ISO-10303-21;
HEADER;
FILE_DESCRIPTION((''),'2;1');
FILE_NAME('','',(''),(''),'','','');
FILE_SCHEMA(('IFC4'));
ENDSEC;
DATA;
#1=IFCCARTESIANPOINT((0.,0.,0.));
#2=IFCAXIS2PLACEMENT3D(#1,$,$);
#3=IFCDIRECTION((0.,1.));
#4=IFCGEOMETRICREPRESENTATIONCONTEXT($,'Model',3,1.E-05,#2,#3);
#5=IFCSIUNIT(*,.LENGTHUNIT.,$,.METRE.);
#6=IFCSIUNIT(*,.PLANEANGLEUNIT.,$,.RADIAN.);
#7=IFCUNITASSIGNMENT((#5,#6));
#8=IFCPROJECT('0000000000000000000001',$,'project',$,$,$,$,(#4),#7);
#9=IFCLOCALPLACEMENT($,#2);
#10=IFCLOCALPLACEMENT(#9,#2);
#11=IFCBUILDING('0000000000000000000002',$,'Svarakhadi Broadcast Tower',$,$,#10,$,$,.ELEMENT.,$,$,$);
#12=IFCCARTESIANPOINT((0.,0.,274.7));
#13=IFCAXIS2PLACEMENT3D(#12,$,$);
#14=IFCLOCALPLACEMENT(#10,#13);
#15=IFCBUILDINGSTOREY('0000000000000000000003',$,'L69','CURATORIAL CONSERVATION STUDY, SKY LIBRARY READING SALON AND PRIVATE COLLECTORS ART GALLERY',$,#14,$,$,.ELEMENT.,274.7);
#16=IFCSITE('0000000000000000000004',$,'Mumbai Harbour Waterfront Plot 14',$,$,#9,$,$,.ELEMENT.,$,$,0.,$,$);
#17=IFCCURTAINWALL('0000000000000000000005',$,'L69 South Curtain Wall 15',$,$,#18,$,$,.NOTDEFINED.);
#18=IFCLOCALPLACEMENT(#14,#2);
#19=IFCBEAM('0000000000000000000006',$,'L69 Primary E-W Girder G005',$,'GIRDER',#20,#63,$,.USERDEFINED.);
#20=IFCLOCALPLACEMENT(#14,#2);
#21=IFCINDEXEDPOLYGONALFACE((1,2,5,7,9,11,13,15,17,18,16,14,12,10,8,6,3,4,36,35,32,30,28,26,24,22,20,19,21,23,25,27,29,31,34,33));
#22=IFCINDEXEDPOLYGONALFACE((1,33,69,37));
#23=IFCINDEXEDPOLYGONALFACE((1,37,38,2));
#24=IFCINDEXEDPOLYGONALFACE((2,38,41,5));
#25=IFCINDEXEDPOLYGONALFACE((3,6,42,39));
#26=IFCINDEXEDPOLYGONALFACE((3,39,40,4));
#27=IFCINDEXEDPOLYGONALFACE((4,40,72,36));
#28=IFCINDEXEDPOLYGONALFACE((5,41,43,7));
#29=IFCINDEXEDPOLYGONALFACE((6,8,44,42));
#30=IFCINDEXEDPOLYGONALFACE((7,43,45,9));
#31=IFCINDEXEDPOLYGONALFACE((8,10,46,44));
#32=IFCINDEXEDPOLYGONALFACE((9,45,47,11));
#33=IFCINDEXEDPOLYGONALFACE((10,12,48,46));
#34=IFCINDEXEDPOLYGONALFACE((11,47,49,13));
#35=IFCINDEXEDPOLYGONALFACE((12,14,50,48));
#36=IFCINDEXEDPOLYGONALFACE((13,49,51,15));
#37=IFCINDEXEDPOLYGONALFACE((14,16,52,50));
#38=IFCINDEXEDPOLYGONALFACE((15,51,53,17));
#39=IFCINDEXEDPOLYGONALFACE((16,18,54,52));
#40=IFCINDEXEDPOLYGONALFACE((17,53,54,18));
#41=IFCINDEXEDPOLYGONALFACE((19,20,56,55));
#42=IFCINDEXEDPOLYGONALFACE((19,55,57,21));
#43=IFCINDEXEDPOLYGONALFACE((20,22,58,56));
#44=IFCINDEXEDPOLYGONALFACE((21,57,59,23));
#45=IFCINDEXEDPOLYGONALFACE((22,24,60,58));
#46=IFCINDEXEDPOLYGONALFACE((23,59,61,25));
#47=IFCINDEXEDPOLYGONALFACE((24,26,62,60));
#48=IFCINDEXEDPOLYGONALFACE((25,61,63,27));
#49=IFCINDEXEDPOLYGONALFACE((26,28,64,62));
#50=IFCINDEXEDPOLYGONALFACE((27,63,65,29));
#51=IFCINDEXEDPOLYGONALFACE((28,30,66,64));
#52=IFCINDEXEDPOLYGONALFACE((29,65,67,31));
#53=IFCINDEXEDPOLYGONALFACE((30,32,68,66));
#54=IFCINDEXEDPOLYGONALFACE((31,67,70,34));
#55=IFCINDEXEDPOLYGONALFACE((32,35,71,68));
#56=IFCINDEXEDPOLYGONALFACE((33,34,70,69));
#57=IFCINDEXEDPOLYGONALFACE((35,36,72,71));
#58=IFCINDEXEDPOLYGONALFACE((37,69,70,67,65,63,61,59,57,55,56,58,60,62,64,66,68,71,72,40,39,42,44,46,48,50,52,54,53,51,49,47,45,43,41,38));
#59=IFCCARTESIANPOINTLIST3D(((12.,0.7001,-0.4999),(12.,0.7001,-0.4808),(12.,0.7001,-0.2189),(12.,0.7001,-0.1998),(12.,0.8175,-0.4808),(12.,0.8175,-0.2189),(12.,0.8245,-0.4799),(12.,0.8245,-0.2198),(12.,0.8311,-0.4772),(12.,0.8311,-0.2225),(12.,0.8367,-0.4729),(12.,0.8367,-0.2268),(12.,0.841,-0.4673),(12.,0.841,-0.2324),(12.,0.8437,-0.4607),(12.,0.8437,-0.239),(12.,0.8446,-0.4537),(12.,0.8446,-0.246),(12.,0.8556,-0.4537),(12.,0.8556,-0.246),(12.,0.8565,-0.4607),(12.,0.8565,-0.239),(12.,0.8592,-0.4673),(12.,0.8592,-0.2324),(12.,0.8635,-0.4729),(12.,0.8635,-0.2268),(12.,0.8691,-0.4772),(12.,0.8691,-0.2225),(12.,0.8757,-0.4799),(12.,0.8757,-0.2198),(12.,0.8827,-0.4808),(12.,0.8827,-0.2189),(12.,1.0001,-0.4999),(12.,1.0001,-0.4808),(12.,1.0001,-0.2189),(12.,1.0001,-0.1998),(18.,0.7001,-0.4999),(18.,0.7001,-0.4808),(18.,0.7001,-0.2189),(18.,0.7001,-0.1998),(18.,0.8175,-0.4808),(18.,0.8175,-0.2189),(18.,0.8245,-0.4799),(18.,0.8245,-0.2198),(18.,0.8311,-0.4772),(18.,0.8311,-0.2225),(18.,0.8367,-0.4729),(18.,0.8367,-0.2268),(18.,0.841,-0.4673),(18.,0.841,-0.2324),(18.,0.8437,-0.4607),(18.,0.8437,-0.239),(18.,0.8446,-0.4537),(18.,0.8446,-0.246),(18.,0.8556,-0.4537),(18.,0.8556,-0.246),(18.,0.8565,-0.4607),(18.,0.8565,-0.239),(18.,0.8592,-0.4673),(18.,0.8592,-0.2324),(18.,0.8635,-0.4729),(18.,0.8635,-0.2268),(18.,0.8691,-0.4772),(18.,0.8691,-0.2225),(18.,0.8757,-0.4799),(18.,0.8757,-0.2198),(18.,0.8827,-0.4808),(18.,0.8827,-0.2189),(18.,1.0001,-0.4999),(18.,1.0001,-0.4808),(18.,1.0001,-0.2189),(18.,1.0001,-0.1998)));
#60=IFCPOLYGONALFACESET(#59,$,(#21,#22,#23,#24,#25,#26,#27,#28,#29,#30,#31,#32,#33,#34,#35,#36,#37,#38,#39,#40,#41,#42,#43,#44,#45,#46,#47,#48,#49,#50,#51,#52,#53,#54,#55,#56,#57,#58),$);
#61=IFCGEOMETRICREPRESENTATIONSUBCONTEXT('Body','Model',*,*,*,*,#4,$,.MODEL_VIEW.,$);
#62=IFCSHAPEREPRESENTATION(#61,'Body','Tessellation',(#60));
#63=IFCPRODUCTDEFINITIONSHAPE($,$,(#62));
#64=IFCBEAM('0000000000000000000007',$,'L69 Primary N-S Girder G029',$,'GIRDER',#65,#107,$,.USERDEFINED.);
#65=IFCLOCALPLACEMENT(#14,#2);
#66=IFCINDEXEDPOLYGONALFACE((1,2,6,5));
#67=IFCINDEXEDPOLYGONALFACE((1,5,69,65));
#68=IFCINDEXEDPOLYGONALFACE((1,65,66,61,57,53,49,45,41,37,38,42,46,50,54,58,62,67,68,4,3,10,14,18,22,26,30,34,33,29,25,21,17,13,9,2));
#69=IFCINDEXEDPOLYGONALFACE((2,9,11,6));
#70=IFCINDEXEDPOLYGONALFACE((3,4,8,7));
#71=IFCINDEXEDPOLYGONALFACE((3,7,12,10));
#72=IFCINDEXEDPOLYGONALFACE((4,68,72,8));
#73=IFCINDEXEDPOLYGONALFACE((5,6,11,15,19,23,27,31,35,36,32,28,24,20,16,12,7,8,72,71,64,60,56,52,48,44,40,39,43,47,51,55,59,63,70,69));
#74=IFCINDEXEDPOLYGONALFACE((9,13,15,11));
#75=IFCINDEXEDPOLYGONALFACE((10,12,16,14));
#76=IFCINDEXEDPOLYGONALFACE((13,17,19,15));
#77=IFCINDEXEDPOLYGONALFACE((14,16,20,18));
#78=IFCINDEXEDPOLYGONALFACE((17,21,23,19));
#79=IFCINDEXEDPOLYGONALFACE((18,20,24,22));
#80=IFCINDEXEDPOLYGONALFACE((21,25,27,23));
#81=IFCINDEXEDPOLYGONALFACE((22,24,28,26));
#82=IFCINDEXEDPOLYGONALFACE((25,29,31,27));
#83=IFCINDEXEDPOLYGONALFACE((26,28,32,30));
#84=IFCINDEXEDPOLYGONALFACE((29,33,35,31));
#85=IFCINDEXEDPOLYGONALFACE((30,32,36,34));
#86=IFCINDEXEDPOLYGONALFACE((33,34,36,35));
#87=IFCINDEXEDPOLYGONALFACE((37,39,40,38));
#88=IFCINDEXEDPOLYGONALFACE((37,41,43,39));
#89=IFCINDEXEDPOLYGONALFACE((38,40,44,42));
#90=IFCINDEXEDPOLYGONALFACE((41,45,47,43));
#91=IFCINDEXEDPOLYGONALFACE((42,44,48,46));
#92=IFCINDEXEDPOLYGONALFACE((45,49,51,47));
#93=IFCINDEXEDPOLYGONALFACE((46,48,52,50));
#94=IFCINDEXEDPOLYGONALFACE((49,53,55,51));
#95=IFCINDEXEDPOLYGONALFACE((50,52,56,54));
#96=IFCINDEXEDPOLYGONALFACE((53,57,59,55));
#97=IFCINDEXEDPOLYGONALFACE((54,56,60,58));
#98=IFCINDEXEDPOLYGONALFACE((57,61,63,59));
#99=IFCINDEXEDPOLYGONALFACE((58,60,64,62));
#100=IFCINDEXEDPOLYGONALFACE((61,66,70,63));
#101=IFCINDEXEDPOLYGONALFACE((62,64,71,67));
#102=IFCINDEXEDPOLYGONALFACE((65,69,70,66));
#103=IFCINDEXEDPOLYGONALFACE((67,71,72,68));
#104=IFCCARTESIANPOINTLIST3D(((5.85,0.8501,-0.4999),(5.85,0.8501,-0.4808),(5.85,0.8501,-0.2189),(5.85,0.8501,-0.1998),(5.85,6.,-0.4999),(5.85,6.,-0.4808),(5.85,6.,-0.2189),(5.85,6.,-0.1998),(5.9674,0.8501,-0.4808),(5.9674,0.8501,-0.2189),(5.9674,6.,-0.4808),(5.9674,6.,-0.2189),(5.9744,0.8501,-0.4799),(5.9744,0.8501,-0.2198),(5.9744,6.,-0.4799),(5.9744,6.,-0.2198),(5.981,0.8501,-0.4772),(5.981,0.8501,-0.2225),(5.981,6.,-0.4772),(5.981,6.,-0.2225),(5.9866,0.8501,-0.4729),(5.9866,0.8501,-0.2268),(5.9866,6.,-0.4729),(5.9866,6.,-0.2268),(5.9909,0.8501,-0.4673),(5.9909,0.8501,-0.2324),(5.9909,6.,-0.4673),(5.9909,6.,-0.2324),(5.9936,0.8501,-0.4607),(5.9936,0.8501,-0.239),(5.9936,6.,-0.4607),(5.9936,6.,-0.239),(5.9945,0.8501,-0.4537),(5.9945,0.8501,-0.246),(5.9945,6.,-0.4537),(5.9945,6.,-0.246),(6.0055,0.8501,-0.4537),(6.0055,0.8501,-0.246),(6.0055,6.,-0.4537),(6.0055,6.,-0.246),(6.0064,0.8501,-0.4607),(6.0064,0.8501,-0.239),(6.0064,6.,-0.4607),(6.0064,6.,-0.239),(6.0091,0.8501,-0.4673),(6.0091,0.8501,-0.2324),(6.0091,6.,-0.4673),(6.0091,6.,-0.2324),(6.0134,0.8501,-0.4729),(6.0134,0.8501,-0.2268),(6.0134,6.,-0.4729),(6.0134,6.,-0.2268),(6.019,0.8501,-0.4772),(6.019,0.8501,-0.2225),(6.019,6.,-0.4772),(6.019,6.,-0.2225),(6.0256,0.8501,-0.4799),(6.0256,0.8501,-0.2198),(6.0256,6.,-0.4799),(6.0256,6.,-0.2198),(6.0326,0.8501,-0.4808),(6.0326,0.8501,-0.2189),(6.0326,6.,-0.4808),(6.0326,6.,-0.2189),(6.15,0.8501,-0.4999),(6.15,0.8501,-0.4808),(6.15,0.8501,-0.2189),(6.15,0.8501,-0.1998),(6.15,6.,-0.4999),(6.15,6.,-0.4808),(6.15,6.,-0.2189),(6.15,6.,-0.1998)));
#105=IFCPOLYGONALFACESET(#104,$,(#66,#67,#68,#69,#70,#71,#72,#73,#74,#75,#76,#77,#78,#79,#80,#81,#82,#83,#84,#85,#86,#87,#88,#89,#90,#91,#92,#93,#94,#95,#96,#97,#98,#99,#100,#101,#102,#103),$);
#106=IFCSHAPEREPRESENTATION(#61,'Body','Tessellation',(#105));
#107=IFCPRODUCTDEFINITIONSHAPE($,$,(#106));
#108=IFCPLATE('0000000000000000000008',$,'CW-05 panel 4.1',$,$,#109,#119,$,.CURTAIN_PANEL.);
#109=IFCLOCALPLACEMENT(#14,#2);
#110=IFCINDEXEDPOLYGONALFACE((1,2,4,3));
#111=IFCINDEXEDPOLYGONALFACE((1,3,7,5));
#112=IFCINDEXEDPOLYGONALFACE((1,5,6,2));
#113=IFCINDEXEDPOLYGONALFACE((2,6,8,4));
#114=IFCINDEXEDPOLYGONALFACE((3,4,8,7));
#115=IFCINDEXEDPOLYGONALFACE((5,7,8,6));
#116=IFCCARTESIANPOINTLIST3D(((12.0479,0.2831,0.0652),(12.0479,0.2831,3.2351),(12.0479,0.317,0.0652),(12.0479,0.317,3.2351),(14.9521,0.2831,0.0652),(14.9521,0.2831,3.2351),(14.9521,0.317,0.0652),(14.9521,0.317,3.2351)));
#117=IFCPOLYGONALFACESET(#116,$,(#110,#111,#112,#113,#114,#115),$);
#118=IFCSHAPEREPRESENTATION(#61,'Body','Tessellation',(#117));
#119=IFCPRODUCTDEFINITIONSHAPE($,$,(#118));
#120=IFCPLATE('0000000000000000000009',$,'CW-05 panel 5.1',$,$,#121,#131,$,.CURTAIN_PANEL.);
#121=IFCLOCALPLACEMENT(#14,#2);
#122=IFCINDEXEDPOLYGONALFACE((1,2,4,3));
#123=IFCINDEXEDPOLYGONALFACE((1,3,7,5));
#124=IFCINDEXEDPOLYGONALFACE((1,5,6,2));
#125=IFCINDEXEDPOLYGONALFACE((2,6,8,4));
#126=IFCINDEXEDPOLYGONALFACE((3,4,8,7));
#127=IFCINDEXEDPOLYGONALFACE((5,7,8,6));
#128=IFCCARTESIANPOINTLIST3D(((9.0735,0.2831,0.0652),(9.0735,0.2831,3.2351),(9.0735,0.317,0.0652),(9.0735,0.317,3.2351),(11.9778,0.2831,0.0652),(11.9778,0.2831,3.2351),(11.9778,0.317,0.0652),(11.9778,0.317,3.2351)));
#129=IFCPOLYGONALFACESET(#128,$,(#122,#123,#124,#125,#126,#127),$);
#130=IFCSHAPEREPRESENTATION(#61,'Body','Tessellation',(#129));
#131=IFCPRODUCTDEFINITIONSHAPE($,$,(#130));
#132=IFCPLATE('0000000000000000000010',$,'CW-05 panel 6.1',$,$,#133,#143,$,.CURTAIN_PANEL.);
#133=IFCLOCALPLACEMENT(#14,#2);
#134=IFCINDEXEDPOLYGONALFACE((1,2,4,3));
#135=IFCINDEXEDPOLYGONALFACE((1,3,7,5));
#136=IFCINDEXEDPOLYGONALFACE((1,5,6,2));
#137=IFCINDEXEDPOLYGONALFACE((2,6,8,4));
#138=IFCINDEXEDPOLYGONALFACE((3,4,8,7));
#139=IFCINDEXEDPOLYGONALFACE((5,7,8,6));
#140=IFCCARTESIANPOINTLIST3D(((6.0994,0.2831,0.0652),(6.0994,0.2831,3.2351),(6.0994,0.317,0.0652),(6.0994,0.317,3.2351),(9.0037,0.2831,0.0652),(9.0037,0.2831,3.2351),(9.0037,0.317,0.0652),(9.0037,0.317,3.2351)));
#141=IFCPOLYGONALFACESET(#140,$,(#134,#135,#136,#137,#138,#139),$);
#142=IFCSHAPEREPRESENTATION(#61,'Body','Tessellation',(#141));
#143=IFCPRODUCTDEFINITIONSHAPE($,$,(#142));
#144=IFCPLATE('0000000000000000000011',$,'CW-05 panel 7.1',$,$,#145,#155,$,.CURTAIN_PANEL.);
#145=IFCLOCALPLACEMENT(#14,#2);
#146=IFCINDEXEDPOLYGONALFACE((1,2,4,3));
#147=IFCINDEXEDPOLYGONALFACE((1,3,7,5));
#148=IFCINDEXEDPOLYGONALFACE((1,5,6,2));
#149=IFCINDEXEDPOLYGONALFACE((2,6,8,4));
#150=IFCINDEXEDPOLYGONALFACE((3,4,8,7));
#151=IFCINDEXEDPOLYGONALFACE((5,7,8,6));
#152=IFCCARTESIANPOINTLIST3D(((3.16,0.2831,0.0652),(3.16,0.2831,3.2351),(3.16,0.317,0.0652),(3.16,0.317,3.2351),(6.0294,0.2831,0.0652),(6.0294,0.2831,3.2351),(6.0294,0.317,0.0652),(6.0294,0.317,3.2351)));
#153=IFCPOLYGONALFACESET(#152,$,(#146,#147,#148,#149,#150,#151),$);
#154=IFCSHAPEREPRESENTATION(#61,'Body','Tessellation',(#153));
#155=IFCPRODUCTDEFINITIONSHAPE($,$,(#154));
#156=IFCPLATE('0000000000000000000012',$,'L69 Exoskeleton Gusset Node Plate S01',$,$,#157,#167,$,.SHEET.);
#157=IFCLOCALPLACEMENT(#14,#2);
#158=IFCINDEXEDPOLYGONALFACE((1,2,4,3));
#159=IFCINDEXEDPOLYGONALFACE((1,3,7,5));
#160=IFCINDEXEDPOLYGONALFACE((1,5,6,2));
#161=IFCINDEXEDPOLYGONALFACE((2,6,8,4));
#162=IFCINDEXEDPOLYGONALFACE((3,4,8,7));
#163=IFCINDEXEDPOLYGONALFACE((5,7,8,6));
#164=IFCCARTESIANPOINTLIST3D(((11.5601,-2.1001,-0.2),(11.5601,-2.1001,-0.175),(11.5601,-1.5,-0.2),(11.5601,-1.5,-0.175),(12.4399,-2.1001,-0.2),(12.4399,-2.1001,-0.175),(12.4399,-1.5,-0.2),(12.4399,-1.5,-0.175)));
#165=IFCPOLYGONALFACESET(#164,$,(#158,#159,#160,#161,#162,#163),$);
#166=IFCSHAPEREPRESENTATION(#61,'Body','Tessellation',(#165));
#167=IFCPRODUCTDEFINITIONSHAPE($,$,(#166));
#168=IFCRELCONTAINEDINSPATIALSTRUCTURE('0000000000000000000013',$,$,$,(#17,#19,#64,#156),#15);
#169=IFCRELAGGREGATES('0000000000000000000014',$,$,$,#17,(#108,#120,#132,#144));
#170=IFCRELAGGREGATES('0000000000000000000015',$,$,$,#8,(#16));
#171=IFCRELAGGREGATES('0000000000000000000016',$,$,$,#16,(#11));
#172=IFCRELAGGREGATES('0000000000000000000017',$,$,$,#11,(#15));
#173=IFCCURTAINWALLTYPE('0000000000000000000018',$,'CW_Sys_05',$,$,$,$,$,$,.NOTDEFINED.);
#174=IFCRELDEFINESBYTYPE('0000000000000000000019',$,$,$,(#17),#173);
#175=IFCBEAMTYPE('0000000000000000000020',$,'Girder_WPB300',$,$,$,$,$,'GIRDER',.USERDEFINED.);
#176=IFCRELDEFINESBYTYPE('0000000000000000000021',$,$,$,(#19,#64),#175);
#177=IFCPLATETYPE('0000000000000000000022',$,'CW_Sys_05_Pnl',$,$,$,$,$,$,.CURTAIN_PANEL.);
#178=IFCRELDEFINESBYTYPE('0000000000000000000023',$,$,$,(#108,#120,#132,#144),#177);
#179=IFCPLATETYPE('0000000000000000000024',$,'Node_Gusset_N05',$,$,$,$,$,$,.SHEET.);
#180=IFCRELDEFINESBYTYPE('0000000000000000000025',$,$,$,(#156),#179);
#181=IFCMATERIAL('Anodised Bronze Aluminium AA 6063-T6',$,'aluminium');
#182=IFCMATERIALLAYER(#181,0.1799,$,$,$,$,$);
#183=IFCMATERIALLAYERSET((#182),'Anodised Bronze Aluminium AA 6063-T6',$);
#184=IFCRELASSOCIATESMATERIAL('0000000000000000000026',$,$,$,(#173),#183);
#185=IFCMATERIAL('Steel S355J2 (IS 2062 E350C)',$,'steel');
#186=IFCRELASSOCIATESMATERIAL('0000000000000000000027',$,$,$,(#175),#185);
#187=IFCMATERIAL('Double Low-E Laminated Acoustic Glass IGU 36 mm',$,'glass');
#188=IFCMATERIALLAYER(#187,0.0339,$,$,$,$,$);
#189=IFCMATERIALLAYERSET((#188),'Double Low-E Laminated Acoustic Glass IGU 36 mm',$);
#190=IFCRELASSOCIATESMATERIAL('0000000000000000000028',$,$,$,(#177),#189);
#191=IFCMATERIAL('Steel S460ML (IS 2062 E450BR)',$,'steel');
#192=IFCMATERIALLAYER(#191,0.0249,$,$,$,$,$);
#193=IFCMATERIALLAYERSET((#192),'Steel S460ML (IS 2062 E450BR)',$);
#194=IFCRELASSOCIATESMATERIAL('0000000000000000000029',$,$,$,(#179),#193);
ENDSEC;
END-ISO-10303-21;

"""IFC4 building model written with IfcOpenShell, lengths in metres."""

from ifc_helpers import new_model, si_unit, direction, frame, origin, origin_2d, place, context, subcontext, project, spatial, rectangle, i_section, extrude, material, layer, layer_set, material_profile, profile_set, type_object, element, aggregate, save


model = new_model("IFC4")

# Units and contexts
model_context = context("Model", 3, precision=1e-05, world=origin(), true_north=direction((0.0, 1.0)))
body_context = subcontext(model_context, "Body", "Model", "MODEL_VIEW")
ifc_project = project(units=[si_unit("LENGTHUNIT", "METRE"), si_unit("PLANEANGLEUNIT", "RADIAN")], contexts=[model_context])

# Site, building, storey
site_placement = place(None, origin())
site = spatial("IfcSite", under=ifc_project, at=site_placement, Name="Mumbai Harbour Waterfront Plot 14", CompositionType="ELEMENT", RefElevation=0.0)
building_placement = place(site_placement, origin())
building = spatial("IfcBuilding", under=site, at=building_placement, Name="Svarakhadi Broadcast Tower", CompositionType="ELEMENT")
storey_placement = place(building_placement, frame((0.0, 0.0, 274.7)))
storey = spatial("IfcBuildingStorey", under=building, at=storey_placement, Name="L69", Description="CURATORIAL CONSERVATION STUDY, SKY LIBRARY READING SALON AND PRIVATE COLLECTORS ART GALLERY", CompositionType="ELEMENT", Elevation=274.7)

# Shared definitions
ifc_material_1 = material(Name="Steel S460ML (IS 2062 E450BR)", Category="steel")

# Curtain wall
ifc_material_2 = material(Name="Anodised Bronze Aluminium AA 6063-T6", Category="aluminium")
ifc_layer_1 = layer(ifc_material_2, 0.1799)
ifc_layer_set_1 = layer_set([ifc_layer_1], Name="Anodised Bronze Aluminium AA 6063-T6")
curtain_wall_type = type_object("IfcCurtainWallType", Name="CW_Sys_05", PredefinedType="NOTDEFINED", material=ifc_layer_set_1)
curtain_wall_placement = place(storey_placement, origin())
curtain_wall = element("IfcCurtainWall", 1, at=curtain_wall_placement, inside=storey, type_object=curtain_wall_type, Name="L69 South Curtain Wall 15", PredefinedType="NOTDEFINED")

# Beams
ifc_material_3 = material(Name="Steel S355J2 (IS 2062 E350C)", Category="steel")
ifc_material_profile_1 = material_profile(ifc_material_3, i_section(OverallWidth=0.3, OverallDepth=0.3, WebThickness=0.011, FlangeThickness=0.019, FilletRadius=0.0271, at=origin_2d()), Name="WPB 300x300x117")
ifc_profile_set_1 = profile_set([ifc_material_profile_1], Name="Steel S355J2 (IS 2062 E350C)")
beam_type = type_object("IfcBeamType", Name="Girder_WPB300", ElementType="GIRDER", PredefinedType="USERDEFINED", material=ifc_profile_set_1)
for number, where, z_axis, x_axis, name in (
    (2, (12.0, 0.8501, -0.3499), (1.0, 0.0, 0.0), (0.0, 1.0, 0.0), "L69 Primary E-W Girder G005"),
):
    element("IfcBeam", number, at=place(storey_placement, frame(where, z_axis=z_axis, x_axis=x_axis)), inside=storey, type_object=beam_type, Name=name, ObjectType="GIRDER", PredefinedType="USERDEFINED", context=body_context, shape_type="SweptSolid", body=[
        extrude(i_section(OverallWidth=0.3, OverallDepth=0.3, WebThickness=0.011, FlangeThickness=0.019, FilletRadius=0.0271, at=origin_2d()), origin(), (0.0, 0.0, 1.0), 6.0),
    ])
beam_placement = place(storey_placement, frame((6.0, 0.8501, -0.3499), z_axis=(0.0, 1.0, 0.0), x_axis=(-1.0, 0.0, 0.0)))
element("IfcBeam", 3, at=beam_placement, inside=storey, type_object=beam_type, Name="L69 Primary N-S Girder G029", ObjectType="GIRDER", PredefinedType="USERDEFINED", context=body_context, shape_type="SweptSolid", body=[
    extrude(i_section(OverallWidth=0.3, OverallDepth=0.3, WebThickness=0.011, FlangeThickness=0.019, FilletRadius=0.0271, at=origin_2d()), origin(), (0.0, 0.0, 1.0), 5.1499),
])

# Plates
ifc_material_4 = material(Name="Double Low-E Laminated Acoustic Glass IGU 36 mm", Category="glass")
ifc_layer_2 = layer(ifc_material_4, 0.0339)
ifc_layer_set_2 = layer_set([ifc_layer_2], Name="Double Low-E Laminated Acoustic Glass IGU 36 mm")
plate_type_1 = type_object("IfcPlateType", Name="CW_Sys_05_Pnl", PredefinedType="CURTAIN_PANEL", material=ifc_layer_set_2)
plate_1_placement = place(storey_placement, frame((13.5, 0.3, 0.0652), z_axis=(0.0, 0.0, 1.0), x_axis=(-1.0, 0.0, 0.0)))
plate_1 = element("IfcPlate", 4, at=plate_1_placement, type_object=plate_type_1, Name="CW-05 panel 4.1", PredefinedType="CURTAIN_PANEL", context=body_context, shape_type="SweptSolid", body=[
    extrude(rectangle(XDim=2.9043, YDim=0.0339, at=origin_2d()), origin(), (0.0, 0.0, 1.0), 3.1699),
])
plate_2_placement = place(storey_placement, frame((10.5256, 0.3, 0.0652), z_axis=(0.0, 0.0, 1.0), x_axis=(-1.0, 0.0, 0.0)))
plate_2 = element("IfcPlate", 5, at=plate_2_placement, type_object=plate_type_1, Name="CW-05 panel 5.1", PredefinedType="CURTAIN_PANEL", context=body_context, shape_type="SweptSolid", body=[
    extrude(rectangle(XDim=2.9043, YDim=0.0339, at=origin_2d()), origin(), (0.0, 0.0, 1.0), 3.1699),
])
plate_3_placement = place(storey_placement, frame((7.5515, 0.3, 0.0652), z_axis=(0.0, 0.0, 1.0), x_axis=(-1.0, 0.0, 0.0)))
plate_3 = element("IfcPlate", 6, at=plate_3_placement, type_object=plate_type_1, Name="CW-05 panel 6.1", PredefinedType="CURTAIN_PANEL", context=body_context, shape_type="SweptSolid", body=[
    extrude(rectangle(XDim=2.9043, YDim=0.0339, at=origin_2d()), origin(), (0.0, 0.0, 1.0), 3.1699),
])
plate_4_placement = place(storey_placement, frame((4.5947, 0.3, 0.0652), z_axis=(0.0, 0.0, 1.0), x_axis=(-1.0, 0.0, 0.0)))
plate_4 = element("IfcPlate", 7, at=plate_4_placement, type_object=plate_type_1, Name="CW-05 panel 7.1", PredefinedType="CURTAIN_PANEL", context=body_context, shape_type="SweptSolid", body=[
    extrude(rectangle(XDim=2.8694, YDim=0.0339, at=origin_2d()), origin(), (0.0, 0.0, 1.0), 3.1699),
])
aggregate(curtain_wall, [plate_1, plate_2, plate_3, plate_4])
ifc_layer_3 = layer(ifc_material_1, 0.0249)
ifc_layer_set_3 = layer_set([ifc_layer_3], Name="Steel S460ML (IS 2062 E450BR)")
plate_type_2 = type_object("IfcPlateType", Name="Node_Gusset_N05", PredefinedType="SHEET", material=ifc_layer_set_3)
plate_5_placement = place(storey_placement, frame((12.0, -1.8, -0.2), z_axis=(0.0, 0.0, 1.0), x_axis=(1.0, 0.0, 0.0)))
element("IfcPlate", 8, at=plate_5_placement, inside=storey, type_object=plate_type_2, Name="L69 Exoskeleton Gusset Node Plate S01", PredefinedType="SHEET", context=body_context, shape_type="SweptSolid", body=[
    extrude(rectangle(XDim=0.8799, YDim=0.6001, at=origin_2d()), origin(), (0.0, 0.0, 1.0), 0.0249),
])

save(model, "model.ifc")
